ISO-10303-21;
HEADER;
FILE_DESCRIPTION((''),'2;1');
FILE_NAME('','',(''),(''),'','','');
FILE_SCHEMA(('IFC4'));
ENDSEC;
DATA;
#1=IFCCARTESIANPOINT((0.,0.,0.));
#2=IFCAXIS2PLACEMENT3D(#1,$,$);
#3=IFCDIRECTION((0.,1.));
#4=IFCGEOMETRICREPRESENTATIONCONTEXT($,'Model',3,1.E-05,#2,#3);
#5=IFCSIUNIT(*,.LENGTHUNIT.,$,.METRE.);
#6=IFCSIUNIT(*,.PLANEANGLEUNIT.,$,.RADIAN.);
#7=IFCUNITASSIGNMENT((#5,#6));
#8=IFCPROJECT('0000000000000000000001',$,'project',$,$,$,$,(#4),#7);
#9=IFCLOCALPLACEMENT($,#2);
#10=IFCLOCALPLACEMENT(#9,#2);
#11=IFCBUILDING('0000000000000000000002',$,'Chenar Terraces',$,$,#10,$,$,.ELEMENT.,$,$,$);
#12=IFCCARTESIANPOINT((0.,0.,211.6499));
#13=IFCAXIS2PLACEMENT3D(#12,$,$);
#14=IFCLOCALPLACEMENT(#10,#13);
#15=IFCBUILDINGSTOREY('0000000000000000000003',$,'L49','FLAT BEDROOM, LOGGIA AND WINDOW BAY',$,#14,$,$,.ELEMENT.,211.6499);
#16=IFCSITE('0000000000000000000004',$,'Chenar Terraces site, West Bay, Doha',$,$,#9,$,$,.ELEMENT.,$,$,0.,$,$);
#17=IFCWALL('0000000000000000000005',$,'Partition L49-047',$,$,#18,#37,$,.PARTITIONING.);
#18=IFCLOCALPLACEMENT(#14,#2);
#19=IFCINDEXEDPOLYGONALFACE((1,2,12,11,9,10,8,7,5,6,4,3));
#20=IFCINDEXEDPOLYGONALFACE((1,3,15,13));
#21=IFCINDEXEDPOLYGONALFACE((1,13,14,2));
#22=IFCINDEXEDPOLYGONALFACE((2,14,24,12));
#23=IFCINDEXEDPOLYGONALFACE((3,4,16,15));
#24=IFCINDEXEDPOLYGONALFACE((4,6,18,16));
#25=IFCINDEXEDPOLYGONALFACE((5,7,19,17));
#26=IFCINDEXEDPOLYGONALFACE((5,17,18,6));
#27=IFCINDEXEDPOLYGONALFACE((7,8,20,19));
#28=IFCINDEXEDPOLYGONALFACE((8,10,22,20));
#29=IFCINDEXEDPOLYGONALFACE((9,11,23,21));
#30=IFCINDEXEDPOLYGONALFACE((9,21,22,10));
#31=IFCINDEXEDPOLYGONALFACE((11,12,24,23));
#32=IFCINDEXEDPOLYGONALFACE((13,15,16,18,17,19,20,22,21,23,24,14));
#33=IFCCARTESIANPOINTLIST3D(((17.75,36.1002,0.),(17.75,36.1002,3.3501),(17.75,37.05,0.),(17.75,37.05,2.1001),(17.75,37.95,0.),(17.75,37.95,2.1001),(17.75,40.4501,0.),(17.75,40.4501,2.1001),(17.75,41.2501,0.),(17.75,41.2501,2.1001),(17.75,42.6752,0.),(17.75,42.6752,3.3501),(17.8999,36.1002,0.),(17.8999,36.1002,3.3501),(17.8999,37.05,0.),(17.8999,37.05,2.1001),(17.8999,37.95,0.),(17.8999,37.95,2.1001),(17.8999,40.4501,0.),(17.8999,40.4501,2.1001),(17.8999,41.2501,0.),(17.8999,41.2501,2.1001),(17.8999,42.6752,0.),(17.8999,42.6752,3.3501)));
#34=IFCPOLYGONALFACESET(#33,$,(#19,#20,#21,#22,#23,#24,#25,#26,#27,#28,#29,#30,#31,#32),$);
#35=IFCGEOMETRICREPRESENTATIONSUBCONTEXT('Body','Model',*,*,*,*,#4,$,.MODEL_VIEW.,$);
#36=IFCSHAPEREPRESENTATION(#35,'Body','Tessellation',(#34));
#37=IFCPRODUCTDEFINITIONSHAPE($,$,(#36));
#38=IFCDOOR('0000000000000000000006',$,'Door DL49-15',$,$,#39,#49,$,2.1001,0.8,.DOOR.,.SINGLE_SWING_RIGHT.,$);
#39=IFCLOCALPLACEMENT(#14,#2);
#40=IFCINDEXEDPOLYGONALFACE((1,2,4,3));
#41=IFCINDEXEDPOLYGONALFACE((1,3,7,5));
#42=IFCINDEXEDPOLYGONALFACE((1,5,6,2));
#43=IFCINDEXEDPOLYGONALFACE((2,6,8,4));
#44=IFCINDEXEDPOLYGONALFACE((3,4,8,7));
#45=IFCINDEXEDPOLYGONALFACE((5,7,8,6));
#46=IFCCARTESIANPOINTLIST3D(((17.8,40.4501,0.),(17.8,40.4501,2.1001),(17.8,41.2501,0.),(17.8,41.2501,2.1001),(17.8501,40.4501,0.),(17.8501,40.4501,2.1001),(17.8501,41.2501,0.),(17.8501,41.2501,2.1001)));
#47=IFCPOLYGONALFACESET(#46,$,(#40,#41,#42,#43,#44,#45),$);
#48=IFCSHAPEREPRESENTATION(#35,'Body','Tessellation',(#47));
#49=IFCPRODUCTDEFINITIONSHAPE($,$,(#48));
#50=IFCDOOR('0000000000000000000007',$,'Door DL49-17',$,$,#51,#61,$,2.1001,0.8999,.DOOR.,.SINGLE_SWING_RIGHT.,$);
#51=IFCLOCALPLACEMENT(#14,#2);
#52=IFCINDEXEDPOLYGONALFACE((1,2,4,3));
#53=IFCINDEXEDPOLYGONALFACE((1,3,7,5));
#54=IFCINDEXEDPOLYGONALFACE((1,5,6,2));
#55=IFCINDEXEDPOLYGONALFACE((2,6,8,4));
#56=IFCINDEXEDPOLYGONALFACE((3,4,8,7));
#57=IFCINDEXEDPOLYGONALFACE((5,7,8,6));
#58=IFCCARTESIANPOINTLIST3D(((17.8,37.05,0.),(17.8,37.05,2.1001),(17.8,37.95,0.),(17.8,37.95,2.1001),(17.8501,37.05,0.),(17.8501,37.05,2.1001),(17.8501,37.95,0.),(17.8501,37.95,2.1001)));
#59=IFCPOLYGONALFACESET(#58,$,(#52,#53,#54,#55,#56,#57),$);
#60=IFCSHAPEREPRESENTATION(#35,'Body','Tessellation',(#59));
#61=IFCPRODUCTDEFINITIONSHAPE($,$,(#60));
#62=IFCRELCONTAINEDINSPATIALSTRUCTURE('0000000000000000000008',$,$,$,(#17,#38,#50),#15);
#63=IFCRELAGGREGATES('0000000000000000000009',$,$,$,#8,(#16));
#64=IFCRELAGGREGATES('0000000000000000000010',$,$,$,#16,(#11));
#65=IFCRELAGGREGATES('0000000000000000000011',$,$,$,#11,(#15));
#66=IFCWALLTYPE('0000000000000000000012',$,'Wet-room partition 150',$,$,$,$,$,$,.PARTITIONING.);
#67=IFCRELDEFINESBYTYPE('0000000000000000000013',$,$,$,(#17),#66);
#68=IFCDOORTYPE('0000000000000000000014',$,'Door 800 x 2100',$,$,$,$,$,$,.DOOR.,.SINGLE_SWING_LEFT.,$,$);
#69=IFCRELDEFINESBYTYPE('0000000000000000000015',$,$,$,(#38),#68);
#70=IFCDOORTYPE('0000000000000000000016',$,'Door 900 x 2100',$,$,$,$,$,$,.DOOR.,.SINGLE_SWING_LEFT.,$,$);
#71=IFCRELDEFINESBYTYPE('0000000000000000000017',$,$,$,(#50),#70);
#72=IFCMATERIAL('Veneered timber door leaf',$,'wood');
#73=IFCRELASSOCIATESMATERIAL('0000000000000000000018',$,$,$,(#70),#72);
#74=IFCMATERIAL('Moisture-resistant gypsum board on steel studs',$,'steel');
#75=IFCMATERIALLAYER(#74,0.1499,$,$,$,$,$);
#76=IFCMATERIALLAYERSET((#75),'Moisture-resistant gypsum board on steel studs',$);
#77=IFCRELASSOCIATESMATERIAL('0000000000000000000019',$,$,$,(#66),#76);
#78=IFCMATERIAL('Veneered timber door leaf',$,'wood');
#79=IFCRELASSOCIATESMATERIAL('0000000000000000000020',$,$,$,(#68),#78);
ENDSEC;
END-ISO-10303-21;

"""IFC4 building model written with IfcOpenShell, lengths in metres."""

from ifc_helpers import new_model, si_unit, direction, frame, frame_2d, origin, place, context, subcontext, project, spatial, rectangle, extrude, material, layer, layer_set, type_object, element, fill, save


model = new_model("IFC4")

# Units and contexts
model_context = context("Model", 3, precision=1e-05, world=origin(), true_north=direction((0.0, 1.0)))
body_context = subcontext(model_context, "Body", "Model", "MODEL_VIEW")
ifc_project = project(units=[si_unit("LENGTHUNIT", "METRE"), si_unit("PLANEANGLEUNIT", "RADIAN")], contexts=[model_context])

# Site, building, storey
site_placement = place(None, origin())
site = spatial("IfcSite", under=ifc_project, at=site_placement, Name="Chenar Terraces site, West Bay, Doha", CompositionType="ELEMENT", RefElevation=0.0)
building_placement = place(site_placement, origin())
building = spatial("IfcBuilding", under=site, at=building_placement, Name="Chenar Terraces", CompositionType="ELEMENT")
storey_placement = place(building_placement, frame((0.0, 0.0, 211.6499)))
storey = spatial("IfcBuildingStorey", under=building, at=storey_placement, Name="L49", Description="FLAT BEDROOM, LOGGIA AND WINDOW BAY", CompositionType="ELEMENT", Elevation=211.6499)

# Shared definitions
ifc_material_1 = material(Name="Veneered timber door leaf", Category="wood")
door_type_1 = type_object("IfcDoorType", Name="Door 900 x 2100", OperationType="SINGLE_SWING_LEFT", PredefinedType="DOOR", material=ifc_material_1)

# Shared definitions
ifc_material_2 = material(Name="Moisture-resistant gypsum board on steel studs", Category="steel")
ifc_layer_1 = layer(ifc_material_2, 0.1499)
ifc_layer_set_1 = layer_set([ifc_layer_1], Name="Moisture-resistant gypsum board on steel studs")
wall_type_1 = type_object("IfcWallType", Name="Wet-room partition 150", PredefinedType="PARTITIONING", material=ifc_layer_set_1)

# Wall, openings, doors
wall_1_placement = place(storey_placement, frame((17.825, 36.1001, 0.0), z_axis=(0.0, 0.0, 1.0), x_axis=(0.0, 1.0, 0.0)))
wall_1 = element("IfcWall", 1, at=wall_1_placement, inside=storey, type_object=wall_type_1, Name="Partition L49-047", PredefinedType="PARTITIONING", context=body_context, shape_type="SweptSolid", body=[
    extrude(rectangle(XDim=6.575, YDim=0.1499, at=frame_2d((3.2876, 0.0))), origin(), (0.0, 0.0, 1.0), 3.3501),
])
opening_1_placement = place(wall_1_placement, frame((4.3501, 0.0, 0.0)))
opening_1 = element("IfcOpeningElement", 2, at=opening_1_placement, cuts=wall_1, PredefinedType="OPENING", context=body_context, shape_type="SweptSolid", body=[
    extrude(rectangle(XDim=0.8, YDim=2.1001, at=frame_2d((0.3999, 1.05))), frame((0.0, 0.085, 0.0), z_axis=(0.0, -1.0, 0.0), x_axis=(1.0, 0.0, 0.0)), (0.0, 0.0, 1.0), 0.1699),
])
opening_2_placement = place(wall_1_placement, frame((0.95, 0.0, 0.0)))
opening_2 = element("IfcOpeningElement", 3, at=opening_2_placement, cuts=wall_1, PredefinedType="OPENING", context=body_context, shape_type="SweptSolid", body=[
    extrude(rectangle(XDim=0.8999, YDim=2.1001, at=frame_2d((0.45, 1.05))), frame((0.0, 0.085, 0.0), z_axis=(0.0, -1.0, 0.0), x_axis=(1.0, 0.0, 0.0)), (0.0, 0.0, 1.0), 0.1699),
])
ifc_material_3 = material(Name="Veneered timber door leaf", Category="wood")
door_type_2 = type_object("IfcDoorType", Name="Door 800 x 2100", OperationType="SINGLE_SWING_LEFT", PredefinedType="DOOR", material=ifc_material_3)
door_1_placement = place(opening_1_placement, origin())
door_1 = element("IfcDoor", 4, at=door_1_placement, inside=storey, type_object=door_type_2, Name="Door DL49-15", OperationType="SINGLE_SWING_RIGHT", OverallHeight=2.1001, OverallWidth=0.8, PredefinedType="DOOR", context=body_context, shape_type="SweptSolid", body=[
    extrude(rectangle(XDim=0.8, YDim=2.1001, at=frame_2d((0.3999, 1.05))), frame((0.0, 0.0249, 0.0), z_axis=(0.0, -1.0, 0.0), x_axis=(1.0, 0.0, 0.0)), (0.0, 0.0, 1.0), 0.05),
])
fill(opening_1, door_1)
door_2_placement = place(opening_2_placement, origin())
door_2 = element("IfcDoor", 5, at=door_2_placement, inside=storey, type_object=door_type_1, Name="Door DL49-17", OperationType="SINGLE_SWING_RIGHT", OverallHeight=2.1001, OverallWidth=0.8999, PredefinedType="DOOR", context=body_context, shape_type="SweptSolid", body=[
    extrude(rectangle(XDim=0.8999, YDim=2.1001, at=frame_2d((0.45, 1.05))), frame((0.0, 0.0249, 0.0), z_axis=(0.0, -1.0, 0.0), x_axis=(1.0, 0.0, 0.0)), (0.0, 0.0, 1.0), 0.05),
])
fill(opening_2, door_2)

save(model, "model.ifc")
